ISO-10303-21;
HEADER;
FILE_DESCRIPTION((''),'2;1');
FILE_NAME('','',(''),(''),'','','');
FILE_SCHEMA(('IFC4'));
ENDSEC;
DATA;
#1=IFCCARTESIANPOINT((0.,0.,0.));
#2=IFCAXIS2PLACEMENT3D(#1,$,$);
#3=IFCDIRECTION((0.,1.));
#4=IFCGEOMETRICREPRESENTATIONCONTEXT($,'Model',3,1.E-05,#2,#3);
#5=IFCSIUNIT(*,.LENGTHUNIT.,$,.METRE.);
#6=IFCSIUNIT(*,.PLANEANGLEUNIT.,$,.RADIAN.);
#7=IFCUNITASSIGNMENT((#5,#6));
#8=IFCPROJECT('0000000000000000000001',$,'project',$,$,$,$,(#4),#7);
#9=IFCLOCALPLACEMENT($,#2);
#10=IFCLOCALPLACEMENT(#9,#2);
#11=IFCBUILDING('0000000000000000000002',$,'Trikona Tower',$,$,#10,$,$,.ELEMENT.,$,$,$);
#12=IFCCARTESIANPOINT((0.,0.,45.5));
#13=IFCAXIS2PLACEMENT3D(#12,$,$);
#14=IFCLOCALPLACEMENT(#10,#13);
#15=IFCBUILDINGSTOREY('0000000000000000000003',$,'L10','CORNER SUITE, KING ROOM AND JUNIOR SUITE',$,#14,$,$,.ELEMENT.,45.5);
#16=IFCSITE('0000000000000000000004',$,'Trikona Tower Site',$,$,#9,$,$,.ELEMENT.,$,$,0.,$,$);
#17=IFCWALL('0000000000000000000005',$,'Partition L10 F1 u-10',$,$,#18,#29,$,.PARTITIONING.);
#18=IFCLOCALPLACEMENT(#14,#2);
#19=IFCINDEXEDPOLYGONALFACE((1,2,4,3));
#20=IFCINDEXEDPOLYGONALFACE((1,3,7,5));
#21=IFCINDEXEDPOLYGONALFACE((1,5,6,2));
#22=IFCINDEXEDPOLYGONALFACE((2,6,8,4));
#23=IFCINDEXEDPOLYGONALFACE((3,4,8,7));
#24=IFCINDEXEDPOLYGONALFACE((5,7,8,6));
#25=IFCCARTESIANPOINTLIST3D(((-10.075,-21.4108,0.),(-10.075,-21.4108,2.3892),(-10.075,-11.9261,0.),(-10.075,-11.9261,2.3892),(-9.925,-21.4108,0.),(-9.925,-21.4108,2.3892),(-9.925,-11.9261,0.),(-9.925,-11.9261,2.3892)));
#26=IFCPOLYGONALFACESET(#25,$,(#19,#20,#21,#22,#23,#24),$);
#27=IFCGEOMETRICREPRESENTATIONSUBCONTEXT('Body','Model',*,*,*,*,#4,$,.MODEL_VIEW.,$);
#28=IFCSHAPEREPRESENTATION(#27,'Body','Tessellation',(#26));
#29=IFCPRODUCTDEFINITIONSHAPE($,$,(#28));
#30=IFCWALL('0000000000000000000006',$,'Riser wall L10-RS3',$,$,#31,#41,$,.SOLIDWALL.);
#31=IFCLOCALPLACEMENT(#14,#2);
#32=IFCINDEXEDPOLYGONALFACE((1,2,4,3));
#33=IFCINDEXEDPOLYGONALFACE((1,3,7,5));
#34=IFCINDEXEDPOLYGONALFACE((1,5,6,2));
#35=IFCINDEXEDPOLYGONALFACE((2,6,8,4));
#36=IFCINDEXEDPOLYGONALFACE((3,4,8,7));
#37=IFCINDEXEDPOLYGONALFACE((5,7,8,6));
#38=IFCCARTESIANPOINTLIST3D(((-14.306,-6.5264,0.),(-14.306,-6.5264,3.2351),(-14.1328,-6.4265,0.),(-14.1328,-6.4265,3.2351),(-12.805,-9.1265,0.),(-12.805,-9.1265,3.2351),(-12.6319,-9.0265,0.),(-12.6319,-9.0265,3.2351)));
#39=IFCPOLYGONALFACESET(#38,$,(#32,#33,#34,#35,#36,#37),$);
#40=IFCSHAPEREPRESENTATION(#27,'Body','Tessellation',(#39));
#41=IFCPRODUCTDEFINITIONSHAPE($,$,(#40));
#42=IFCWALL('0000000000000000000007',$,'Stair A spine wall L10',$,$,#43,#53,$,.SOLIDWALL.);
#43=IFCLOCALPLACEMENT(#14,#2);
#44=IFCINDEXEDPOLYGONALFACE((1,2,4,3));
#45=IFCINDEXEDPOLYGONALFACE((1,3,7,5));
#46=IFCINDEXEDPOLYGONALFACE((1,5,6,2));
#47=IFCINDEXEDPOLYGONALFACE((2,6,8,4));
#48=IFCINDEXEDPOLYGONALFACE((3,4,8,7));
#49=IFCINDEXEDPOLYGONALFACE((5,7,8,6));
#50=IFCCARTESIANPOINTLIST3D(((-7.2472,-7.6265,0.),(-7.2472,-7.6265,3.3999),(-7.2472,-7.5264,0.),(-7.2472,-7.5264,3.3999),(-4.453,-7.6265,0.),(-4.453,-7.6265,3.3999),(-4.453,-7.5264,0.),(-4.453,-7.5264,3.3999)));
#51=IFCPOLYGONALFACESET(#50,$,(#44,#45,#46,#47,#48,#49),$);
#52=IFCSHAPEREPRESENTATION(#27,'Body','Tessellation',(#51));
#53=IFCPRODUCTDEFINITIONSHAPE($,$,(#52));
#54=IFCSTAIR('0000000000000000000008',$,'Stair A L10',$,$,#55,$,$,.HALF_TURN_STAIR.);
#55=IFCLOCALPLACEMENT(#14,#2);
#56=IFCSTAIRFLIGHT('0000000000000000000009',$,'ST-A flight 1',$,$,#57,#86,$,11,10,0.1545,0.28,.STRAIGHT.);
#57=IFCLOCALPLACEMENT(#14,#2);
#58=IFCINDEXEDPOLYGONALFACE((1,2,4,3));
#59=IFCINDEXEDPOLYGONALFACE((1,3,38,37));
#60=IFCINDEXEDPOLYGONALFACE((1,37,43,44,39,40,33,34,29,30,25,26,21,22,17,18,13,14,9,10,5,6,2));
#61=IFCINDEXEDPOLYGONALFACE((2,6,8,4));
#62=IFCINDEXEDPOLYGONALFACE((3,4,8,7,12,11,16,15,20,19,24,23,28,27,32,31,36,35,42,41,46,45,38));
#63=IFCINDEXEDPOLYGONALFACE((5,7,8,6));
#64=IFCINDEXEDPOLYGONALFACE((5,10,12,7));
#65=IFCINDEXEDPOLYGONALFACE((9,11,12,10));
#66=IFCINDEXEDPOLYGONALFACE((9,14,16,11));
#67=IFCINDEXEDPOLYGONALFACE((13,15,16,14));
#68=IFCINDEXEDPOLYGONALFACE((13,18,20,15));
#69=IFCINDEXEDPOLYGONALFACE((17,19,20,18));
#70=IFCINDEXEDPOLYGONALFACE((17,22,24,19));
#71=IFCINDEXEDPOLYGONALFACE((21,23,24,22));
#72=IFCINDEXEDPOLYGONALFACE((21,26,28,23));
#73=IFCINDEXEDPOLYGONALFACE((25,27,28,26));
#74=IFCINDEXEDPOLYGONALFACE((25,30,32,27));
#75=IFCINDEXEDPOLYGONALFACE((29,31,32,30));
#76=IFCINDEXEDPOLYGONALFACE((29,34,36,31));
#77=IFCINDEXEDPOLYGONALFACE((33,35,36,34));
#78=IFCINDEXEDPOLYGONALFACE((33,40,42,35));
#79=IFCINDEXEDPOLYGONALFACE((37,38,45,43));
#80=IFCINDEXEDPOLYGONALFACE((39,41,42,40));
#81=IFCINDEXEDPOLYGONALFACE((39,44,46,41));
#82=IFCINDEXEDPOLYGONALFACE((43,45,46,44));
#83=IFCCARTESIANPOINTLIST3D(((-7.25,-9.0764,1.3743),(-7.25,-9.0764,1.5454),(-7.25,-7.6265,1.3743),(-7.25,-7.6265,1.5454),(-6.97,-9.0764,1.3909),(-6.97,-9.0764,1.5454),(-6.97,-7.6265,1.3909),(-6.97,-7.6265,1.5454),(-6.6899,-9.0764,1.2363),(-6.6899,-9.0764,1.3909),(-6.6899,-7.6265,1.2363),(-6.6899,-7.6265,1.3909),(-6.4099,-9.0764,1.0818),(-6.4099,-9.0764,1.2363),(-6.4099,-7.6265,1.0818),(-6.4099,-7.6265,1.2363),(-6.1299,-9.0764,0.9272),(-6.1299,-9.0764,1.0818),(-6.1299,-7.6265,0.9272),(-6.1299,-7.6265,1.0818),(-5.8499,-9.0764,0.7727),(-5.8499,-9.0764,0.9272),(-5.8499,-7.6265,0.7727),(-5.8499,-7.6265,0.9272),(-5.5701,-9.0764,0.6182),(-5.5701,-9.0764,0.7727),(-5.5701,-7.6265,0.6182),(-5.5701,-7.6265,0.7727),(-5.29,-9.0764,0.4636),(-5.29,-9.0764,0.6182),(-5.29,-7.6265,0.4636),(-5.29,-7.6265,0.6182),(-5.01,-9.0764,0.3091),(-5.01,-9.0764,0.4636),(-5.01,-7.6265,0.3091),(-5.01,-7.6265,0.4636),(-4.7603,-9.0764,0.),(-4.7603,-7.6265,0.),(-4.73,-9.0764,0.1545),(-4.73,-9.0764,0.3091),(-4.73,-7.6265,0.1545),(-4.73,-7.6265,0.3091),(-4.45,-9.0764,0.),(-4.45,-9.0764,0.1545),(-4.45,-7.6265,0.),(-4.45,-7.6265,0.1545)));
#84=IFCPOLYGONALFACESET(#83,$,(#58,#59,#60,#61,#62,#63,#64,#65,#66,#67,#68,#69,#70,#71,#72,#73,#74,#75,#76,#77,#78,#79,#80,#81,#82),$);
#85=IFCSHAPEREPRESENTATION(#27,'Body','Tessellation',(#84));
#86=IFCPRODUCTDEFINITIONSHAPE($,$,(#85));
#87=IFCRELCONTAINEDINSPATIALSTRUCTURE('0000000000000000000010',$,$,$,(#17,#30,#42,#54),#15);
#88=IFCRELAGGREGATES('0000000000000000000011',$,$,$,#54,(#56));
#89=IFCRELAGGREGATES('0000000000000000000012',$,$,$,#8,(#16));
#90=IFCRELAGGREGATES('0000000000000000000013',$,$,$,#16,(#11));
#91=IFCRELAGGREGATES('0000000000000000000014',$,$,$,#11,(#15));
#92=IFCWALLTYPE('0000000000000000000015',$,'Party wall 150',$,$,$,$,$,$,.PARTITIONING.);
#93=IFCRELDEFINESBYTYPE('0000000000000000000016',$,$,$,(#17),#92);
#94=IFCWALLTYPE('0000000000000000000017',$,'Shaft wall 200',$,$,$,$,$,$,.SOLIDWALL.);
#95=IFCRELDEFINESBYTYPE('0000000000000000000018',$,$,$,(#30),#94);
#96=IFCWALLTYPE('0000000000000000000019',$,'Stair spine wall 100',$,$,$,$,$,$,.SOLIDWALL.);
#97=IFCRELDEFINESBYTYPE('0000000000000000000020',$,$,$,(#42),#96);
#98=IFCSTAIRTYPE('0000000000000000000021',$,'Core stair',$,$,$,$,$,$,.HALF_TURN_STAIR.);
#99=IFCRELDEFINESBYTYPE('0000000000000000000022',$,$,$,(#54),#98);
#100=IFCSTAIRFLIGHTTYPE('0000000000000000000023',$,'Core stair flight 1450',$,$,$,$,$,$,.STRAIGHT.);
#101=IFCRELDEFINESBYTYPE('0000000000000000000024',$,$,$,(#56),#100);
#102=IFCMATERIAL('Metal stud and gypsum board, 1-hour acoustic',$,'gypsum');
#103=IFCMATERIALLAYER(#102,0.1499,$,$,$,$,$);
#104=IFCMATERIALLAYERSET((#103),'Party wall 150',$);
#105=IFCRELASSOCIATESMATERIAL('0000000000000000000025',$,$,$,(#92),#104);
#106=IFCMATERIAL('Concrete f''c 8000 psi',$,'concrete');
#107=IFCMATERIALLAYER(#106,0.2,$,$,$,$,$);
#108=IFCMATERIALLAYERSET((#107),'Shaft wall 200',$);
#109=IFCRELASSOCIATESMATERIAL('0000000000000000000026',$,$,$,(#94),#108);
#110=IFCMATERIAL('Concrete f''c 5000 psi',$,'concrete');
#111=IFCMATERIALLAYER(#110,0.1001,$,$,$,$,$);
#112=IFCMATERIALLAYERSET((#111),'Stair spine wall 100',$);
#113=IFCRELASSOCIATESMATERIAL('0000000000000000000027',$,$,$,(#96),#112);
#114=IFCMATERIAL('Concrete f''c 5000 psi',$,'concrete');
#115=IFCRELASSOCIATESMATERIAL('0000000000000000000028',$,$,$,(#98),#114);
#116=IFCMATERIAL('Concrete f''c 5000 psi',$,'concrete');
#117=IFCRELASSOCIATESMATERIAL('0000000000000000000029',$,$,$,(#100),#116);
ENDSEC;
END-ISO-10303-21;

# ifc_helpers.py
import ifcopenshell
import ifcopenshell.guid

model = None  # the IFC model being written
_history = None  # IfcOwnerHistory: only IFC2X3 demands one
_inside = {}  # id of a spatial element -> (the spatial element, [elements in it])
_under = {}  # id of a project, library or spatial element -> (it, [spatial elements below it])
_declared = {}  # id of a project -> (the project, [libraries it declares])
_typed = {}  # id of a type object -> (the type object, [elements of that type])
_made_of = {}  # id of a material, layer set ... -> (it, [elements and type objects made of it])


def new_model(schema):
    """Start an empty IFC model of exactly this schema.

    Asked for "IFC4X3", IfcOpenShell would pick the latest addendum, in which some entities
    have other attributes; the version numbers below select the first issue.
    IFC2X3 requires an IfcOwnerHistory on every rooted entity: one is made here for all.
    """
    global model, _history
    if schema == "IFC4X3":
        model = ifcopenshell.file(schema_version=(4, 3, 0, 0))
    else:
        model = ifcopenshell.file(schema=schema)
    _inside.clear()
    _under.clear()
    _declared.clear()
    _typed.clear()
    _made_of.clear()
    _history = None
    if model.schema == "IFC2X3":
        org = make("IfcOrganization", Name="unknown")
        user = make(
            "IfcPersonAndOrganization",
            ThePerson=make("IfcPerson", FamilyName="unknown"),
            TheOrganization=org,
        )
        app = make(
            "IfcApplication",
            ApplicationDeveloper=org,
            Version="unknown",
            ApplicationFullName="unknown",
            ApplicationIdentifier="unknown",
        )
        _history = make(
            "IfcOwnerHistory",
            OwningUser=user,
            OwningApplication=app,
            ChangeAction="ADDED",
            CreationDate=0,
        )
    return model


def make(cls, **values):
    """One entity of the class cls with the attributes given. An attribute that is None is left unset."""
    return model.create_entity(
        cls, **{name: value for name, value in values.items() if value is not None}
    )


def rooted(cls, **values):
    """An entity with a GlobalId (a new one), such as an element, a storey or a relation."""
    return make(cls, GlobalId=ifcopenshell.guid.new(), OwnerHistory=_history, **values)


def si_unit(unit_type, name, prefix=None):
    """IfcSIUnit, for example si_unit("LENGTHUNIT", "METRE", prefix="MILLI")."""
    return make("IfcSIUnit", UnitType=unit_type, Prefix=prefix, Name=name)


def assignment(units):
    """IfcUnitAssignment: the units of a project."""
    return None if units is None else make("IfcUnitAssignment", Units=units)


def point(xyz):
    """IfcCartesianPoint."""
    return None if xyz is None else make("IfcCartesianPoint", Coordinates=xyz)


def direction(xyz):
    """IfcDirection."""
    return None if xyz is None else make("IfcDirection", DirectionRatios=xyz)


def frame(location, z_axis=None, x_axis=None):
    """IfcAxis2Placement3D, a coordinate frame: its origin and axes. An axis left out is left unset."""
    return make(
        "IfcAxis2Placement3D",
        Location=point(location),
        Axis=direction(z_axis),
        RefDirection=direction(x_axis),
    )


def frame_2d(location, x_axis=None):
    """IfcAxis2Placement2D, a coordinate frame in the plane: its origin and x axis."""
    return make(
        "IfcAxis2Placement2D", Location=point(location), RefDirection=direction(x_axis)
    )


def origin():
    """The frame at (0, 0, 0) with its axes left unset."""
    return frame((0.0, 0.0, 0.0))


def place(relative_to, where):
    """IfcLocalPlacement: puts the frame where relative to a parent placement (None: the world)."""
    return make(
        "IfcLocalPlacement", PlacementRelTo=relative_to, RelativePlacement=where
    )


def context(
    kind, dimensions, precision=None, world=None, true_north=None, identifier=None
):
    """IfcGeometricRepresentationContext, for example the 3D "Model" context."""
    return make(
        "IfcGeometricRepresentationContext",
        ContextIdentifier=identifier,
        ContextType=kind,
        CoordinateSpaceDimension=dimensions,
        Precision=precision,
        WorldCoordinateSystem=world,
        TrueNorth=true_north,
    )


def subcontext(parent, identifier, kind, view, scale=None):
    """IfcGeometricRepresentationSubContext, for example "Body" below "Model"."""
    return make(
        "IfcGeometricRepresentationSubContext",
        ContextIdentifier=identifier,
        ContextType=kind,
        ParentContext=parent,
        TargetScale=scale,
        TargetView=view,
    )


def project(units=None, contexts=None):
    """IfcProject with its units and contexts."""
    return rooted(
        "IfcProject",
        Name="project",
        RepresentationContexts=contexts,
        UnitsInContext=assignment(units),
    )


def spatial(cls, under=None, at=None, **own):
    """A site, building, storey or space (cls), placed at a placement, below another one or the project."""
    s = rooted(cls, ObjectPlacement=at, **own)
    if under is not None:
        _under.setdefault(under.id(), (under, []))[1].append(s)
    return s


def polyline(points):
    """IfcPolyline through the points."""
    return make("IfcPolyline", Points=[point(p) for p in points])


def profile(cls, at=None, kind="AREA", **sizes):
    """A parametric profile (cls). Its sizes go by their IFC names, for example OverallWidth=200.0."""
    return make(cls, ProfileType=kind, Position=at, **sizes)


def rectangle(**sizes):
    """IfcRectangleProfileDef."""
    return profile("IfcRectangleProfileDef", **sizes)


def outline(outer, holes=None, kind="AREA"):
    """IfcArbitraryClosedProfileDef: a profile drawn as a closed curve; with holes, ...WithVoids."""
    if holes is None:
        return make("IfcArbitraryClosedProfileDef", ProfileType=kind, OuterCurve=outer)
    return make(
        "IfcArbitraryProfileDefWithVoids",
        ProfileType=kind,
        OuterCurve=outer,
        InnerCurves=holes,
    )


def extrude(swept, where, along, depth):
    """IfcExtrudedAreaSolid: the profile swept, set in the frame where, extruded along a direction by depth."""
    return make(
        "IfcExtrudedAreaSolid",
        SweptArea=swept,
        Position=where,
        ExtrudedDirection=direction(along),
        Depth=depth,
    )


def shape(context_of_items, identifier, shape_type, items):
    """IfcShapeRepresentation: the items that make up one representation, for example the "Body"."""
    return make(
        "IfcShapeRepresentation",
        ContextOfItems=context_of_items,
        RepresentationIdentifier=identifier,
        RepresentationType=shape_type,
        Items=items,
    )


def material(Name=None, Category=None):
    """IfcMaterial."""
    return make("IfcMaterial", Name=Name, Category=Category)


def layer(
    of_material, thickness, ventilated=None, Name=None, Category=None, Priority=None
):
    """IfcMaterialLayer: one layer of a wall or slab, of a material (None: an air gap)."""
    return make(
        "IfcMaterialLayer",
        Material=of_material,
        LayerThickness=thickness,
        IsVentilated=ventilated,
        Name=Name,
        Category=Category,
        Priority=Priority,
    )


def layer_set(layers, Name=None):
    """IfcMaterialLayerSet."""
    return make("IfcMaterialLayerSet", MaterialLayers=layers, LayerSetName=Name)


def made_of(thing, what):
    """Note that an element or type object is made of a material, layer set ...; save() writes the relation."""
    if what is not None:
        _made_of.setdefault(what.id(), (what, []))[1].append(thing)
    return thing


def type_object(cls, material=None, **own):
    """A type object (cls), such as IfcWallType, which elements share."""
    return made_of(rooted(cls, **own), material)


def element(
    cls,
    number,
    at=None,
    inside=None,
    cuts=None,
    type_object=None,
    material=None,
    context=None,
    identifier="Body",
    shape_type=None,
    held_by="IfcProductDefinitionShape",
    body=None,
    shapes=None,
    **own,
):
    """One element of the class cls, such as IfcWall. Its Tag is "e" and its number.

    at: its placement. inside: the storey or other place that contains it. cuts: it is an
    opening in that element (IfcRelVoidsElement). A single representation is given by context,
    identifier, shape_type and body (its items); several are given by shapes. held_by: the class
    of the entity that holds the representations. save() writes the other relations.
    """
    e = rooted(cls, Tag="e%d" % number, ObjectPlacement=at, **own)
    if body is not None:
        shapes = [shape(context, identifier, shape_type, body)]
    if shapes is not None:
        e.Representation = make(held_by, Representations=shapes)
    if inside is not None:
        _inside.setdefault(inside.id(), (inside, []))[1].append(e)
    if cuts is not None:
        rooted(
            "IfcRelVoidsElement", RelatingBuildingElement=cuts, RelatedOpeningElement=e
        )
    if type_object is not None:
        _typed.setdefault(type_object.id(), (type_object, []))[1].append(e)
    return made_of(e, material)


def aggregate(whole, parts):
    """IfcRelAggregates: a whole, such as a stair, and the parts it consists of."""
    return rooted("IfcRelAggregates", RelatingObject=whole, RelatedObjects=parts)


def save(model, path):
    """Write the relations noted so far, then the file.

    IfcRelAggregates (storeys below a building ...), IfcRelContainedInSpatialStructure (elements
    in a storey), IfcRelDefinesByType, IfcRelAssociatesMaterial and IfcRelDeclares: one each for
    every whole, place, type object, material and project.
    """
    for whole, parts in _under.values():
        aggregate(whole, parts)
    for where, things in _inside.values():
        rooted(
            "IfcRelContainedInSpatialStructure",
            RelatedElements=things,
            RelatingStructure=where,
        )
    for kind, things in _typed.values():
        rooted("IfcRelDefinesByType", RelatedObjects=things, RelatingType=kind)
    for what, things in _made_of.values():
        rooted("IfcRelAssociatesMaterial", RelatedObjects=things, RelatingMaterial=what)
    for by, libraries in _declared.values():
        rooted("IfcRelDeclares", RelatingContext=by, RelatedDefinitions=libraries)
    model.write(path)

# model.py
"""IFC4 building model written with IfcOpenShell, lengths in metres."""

from ifc_helpers import new_model, si_unit, direction, frame, frame_2d, origin, place, context, subcontext, project, spatial, polyline, rectangle, outline, extrude, material, layer, layer_set, type_object, element, aggregate, save


model = new_model("IFC4")

# Units and contexts
model_context = context("Model", 3, precision=1e-05, world=origin(), true_north=direction((0.0, 1.0)))
body_context = subcontext(model_context, "Body", "Model", "MODEL_VIEW")
ifc_project = project(units=[si_unit("LENGTHUNIT", "METRE"), si_unit("PLANEANGLEUNIT", "RADIAN")], contexts=[model_context])

# Site, building, storey
site_placement = place(None, origin())
site = spatial("IfcSite", under=ifc_project, at=site_placement, Name="Trikona Tower Site", CompositionType="ELEMENT", RefElevation=0.0)
building_placement = place(site_placement, origin())
building = spatial("IfcBuilding", under=site, at=building_placement, Name="Trikona Tower", CompositionType="ELEMENT")
storey_placement = place(building_placement, frame((0.0, 0.0, 45.5)))
storey = spatial("IfcBuildingStorey", under=building, at=storey_placement, Name="L10", Description="CORNER SUITE, KING ROOM AND JUNIOR SUITE", CompositionType="ELEMENT", Elevation=45.5)

# Walls
ifc_material_1 = material(Name="Metal stud and gypsum board, 1-hour acoustic", Category="gypsum")
ifc_layer_1 = layer(ifc_material_1, 0.1499)
ifc_layer_set_1 = layer_set([ifc_layer_1], Name="Party wall 150")
wall_type_1 = type_object("IfcWallType", Name="Party wall 150", PredefinedType="PARTITIONING", material=ifc_layer_set_1)
wall_1_placement = place(storey_placement, frame((-10.0, -11.9263, 0.0), z_axis=(0.0, 0.0, 1.0), x_axis=(0.0, -1.0, 0.0)))
element("IfcWall", 1, at=wall_1_placement, inside=storey, type_object=wall_type_1, Name="Partition L10 F1 u-10", PredefinedType="PARTITIONING", context=body_context, shape_type="SweptSolid", body=[
    extrude(rectangle(XDim=9.4846, YDim=0.1499, at=frame_2d((4.7422, 0.0))), origin(), (0.0, 0.0, 1.0), 2.3892),
])
ifc_material_2 = material(Name="Concrete f'c 8000 psi", Category="concrete")
ifc_layer_2 = layer(ifc_material_2, 0.2)
ifc_layer_set_2 = layer_set([ifc_layer_2], Name="Shaft wall 200")
wall_type_2 = type_object("IfcWallType", Name="Shaft wall 200", PredefinedType="SOLIDWALL", material=ifc_layer_set_2)
wall_2_placement = place(storey_placement, frame((-12.7185, -9.0764, 0.0), z_axis=(0.0, 0.0, 1.0), x_axis=(-0.499952, 0.866053, 0.0)))
element("IfcWall", 2, at=wall_2_placement, inside=storey, type_object=wall_type_2, Name="Riser wall L10-RS3", PredefinedType="SOLIDWALL", context=body_context, shape_type="SweptSolid", body=[
    extrude(rectangle(XDim=3.0022, YDim=0.2, at=frame_2d((1.501, 0.0))), origin(), (0.0, 0.0, 1.0), 3.2351),
])
ifc_material_3 = material(Name="Concrete f'c 5000 psi", Category="concrete")
ifc_layer_3 = layer(ifc_material_3, 0.1001)
ifc_layer_set_3 = layer_set([ifc_layer_3], Name="Stair spine wall 100")
wall_type_3 = type_object("IfcWallType", Name="Stair spine wall 100", PredefinedType="SOLIDWALL", material=ifc_layer_set_3)
wall_3_placement = place(storey_placement, frame((-7.2471, -7.5764, 0.0), z_axis=(0.0, 0.0, 1.0), x_axis=(1.0, 0.0, 0.0)))
element("IfcWall", 3, at=wall_3_placement, inside=storey, type_object=wall_type_3, Name="Stair A spine wall L10", PredefinedType="SOLIDWALL", context=body_context, shape_type="SweptSolid", body=[
    extrude(rectangle(XDim=2.7942, YDim=0.1001, at=frame_2d((1.397, 0.0))), origin(), (0.0, 0.0, 1.0), 3.3999),
])

# Stair, stair flight
ifc_material_4 = material(Name="Concrete f'c 5000 psi", Category="concrete")
stair_type = type_object("IfcStairType", Name="Core stair", PredefinedType="HALF_TURN_STAIR", material=ifc_material_4)
stair_placement = place(storey_placement, origin())
stair = element("IfcStair", 4, at=stair_placement, inside=storey, type_object=stair_type, Name="Stair A L10", PredefinedType="HALF_TURN_STAIR")
ifc_material_5 = material(Name="Concrete f'c 5000 psi", Category="concrete")
stair_flight_type = type_object("IfcStairFlightType", Name="Core stair flight 1450", PredefinedType="STRAIGHT", material=ifc_material_5)
stair_flight_placement = place(storey_placement, frame((-4.45, -8.3513, 0.0), z_axis=(0.0, 0.0, 1.0), x_axis=(-1.0, 0.0, 0.0)))
stair_flight = element("IfcStairFlight", 5, at=stair_flight_placement, type_object=stair_flight_type, Name="ST-A flight 1", NumberOfRisers=11, NumberOfTreads=10, PredefinedType="STRAIGHT", RiserHeight=0.1545, TreadLength=0.28, context=body_context, shape_type="SweptSolid", body=[
    extrude(outline(polyline([(0.0, 0.0), (0.0, 0.1545), (0.28, 0.1545), (0.28, 0.3091), (0.5601, 0.3091), (0.5601, 0.4636), (0.8401, 0.4636), (0.8401, 0.6182), (1.1201, 0.6182), (1.1201, 0.7727), (1.3999, 0.7727), (1.3999, 0.9272), (1.6799, 0.9272), (1.6799, 1.0818), (1.96, 1.0818), (1.96, 1.2363), (2.24, 1.2363), (2.24, 1.3909), (2.52, 1.3909), (2.52, 1.5454), (2.8, 1.5454), (2.8, 1.7), (2.8, 1.3743), (0.3103, 0.0), (0.0, 0.0)])), frame((0.0, 0.7251, 0.0), z_axis=(0.0, -1.0, 0.0), x_axis=(1.0, 0.0, 0.0)), (0.0, 0.0, 1.0), 1.45),
])
aggregate(stair, [stair_flight])

save(model, "model.ifc")
